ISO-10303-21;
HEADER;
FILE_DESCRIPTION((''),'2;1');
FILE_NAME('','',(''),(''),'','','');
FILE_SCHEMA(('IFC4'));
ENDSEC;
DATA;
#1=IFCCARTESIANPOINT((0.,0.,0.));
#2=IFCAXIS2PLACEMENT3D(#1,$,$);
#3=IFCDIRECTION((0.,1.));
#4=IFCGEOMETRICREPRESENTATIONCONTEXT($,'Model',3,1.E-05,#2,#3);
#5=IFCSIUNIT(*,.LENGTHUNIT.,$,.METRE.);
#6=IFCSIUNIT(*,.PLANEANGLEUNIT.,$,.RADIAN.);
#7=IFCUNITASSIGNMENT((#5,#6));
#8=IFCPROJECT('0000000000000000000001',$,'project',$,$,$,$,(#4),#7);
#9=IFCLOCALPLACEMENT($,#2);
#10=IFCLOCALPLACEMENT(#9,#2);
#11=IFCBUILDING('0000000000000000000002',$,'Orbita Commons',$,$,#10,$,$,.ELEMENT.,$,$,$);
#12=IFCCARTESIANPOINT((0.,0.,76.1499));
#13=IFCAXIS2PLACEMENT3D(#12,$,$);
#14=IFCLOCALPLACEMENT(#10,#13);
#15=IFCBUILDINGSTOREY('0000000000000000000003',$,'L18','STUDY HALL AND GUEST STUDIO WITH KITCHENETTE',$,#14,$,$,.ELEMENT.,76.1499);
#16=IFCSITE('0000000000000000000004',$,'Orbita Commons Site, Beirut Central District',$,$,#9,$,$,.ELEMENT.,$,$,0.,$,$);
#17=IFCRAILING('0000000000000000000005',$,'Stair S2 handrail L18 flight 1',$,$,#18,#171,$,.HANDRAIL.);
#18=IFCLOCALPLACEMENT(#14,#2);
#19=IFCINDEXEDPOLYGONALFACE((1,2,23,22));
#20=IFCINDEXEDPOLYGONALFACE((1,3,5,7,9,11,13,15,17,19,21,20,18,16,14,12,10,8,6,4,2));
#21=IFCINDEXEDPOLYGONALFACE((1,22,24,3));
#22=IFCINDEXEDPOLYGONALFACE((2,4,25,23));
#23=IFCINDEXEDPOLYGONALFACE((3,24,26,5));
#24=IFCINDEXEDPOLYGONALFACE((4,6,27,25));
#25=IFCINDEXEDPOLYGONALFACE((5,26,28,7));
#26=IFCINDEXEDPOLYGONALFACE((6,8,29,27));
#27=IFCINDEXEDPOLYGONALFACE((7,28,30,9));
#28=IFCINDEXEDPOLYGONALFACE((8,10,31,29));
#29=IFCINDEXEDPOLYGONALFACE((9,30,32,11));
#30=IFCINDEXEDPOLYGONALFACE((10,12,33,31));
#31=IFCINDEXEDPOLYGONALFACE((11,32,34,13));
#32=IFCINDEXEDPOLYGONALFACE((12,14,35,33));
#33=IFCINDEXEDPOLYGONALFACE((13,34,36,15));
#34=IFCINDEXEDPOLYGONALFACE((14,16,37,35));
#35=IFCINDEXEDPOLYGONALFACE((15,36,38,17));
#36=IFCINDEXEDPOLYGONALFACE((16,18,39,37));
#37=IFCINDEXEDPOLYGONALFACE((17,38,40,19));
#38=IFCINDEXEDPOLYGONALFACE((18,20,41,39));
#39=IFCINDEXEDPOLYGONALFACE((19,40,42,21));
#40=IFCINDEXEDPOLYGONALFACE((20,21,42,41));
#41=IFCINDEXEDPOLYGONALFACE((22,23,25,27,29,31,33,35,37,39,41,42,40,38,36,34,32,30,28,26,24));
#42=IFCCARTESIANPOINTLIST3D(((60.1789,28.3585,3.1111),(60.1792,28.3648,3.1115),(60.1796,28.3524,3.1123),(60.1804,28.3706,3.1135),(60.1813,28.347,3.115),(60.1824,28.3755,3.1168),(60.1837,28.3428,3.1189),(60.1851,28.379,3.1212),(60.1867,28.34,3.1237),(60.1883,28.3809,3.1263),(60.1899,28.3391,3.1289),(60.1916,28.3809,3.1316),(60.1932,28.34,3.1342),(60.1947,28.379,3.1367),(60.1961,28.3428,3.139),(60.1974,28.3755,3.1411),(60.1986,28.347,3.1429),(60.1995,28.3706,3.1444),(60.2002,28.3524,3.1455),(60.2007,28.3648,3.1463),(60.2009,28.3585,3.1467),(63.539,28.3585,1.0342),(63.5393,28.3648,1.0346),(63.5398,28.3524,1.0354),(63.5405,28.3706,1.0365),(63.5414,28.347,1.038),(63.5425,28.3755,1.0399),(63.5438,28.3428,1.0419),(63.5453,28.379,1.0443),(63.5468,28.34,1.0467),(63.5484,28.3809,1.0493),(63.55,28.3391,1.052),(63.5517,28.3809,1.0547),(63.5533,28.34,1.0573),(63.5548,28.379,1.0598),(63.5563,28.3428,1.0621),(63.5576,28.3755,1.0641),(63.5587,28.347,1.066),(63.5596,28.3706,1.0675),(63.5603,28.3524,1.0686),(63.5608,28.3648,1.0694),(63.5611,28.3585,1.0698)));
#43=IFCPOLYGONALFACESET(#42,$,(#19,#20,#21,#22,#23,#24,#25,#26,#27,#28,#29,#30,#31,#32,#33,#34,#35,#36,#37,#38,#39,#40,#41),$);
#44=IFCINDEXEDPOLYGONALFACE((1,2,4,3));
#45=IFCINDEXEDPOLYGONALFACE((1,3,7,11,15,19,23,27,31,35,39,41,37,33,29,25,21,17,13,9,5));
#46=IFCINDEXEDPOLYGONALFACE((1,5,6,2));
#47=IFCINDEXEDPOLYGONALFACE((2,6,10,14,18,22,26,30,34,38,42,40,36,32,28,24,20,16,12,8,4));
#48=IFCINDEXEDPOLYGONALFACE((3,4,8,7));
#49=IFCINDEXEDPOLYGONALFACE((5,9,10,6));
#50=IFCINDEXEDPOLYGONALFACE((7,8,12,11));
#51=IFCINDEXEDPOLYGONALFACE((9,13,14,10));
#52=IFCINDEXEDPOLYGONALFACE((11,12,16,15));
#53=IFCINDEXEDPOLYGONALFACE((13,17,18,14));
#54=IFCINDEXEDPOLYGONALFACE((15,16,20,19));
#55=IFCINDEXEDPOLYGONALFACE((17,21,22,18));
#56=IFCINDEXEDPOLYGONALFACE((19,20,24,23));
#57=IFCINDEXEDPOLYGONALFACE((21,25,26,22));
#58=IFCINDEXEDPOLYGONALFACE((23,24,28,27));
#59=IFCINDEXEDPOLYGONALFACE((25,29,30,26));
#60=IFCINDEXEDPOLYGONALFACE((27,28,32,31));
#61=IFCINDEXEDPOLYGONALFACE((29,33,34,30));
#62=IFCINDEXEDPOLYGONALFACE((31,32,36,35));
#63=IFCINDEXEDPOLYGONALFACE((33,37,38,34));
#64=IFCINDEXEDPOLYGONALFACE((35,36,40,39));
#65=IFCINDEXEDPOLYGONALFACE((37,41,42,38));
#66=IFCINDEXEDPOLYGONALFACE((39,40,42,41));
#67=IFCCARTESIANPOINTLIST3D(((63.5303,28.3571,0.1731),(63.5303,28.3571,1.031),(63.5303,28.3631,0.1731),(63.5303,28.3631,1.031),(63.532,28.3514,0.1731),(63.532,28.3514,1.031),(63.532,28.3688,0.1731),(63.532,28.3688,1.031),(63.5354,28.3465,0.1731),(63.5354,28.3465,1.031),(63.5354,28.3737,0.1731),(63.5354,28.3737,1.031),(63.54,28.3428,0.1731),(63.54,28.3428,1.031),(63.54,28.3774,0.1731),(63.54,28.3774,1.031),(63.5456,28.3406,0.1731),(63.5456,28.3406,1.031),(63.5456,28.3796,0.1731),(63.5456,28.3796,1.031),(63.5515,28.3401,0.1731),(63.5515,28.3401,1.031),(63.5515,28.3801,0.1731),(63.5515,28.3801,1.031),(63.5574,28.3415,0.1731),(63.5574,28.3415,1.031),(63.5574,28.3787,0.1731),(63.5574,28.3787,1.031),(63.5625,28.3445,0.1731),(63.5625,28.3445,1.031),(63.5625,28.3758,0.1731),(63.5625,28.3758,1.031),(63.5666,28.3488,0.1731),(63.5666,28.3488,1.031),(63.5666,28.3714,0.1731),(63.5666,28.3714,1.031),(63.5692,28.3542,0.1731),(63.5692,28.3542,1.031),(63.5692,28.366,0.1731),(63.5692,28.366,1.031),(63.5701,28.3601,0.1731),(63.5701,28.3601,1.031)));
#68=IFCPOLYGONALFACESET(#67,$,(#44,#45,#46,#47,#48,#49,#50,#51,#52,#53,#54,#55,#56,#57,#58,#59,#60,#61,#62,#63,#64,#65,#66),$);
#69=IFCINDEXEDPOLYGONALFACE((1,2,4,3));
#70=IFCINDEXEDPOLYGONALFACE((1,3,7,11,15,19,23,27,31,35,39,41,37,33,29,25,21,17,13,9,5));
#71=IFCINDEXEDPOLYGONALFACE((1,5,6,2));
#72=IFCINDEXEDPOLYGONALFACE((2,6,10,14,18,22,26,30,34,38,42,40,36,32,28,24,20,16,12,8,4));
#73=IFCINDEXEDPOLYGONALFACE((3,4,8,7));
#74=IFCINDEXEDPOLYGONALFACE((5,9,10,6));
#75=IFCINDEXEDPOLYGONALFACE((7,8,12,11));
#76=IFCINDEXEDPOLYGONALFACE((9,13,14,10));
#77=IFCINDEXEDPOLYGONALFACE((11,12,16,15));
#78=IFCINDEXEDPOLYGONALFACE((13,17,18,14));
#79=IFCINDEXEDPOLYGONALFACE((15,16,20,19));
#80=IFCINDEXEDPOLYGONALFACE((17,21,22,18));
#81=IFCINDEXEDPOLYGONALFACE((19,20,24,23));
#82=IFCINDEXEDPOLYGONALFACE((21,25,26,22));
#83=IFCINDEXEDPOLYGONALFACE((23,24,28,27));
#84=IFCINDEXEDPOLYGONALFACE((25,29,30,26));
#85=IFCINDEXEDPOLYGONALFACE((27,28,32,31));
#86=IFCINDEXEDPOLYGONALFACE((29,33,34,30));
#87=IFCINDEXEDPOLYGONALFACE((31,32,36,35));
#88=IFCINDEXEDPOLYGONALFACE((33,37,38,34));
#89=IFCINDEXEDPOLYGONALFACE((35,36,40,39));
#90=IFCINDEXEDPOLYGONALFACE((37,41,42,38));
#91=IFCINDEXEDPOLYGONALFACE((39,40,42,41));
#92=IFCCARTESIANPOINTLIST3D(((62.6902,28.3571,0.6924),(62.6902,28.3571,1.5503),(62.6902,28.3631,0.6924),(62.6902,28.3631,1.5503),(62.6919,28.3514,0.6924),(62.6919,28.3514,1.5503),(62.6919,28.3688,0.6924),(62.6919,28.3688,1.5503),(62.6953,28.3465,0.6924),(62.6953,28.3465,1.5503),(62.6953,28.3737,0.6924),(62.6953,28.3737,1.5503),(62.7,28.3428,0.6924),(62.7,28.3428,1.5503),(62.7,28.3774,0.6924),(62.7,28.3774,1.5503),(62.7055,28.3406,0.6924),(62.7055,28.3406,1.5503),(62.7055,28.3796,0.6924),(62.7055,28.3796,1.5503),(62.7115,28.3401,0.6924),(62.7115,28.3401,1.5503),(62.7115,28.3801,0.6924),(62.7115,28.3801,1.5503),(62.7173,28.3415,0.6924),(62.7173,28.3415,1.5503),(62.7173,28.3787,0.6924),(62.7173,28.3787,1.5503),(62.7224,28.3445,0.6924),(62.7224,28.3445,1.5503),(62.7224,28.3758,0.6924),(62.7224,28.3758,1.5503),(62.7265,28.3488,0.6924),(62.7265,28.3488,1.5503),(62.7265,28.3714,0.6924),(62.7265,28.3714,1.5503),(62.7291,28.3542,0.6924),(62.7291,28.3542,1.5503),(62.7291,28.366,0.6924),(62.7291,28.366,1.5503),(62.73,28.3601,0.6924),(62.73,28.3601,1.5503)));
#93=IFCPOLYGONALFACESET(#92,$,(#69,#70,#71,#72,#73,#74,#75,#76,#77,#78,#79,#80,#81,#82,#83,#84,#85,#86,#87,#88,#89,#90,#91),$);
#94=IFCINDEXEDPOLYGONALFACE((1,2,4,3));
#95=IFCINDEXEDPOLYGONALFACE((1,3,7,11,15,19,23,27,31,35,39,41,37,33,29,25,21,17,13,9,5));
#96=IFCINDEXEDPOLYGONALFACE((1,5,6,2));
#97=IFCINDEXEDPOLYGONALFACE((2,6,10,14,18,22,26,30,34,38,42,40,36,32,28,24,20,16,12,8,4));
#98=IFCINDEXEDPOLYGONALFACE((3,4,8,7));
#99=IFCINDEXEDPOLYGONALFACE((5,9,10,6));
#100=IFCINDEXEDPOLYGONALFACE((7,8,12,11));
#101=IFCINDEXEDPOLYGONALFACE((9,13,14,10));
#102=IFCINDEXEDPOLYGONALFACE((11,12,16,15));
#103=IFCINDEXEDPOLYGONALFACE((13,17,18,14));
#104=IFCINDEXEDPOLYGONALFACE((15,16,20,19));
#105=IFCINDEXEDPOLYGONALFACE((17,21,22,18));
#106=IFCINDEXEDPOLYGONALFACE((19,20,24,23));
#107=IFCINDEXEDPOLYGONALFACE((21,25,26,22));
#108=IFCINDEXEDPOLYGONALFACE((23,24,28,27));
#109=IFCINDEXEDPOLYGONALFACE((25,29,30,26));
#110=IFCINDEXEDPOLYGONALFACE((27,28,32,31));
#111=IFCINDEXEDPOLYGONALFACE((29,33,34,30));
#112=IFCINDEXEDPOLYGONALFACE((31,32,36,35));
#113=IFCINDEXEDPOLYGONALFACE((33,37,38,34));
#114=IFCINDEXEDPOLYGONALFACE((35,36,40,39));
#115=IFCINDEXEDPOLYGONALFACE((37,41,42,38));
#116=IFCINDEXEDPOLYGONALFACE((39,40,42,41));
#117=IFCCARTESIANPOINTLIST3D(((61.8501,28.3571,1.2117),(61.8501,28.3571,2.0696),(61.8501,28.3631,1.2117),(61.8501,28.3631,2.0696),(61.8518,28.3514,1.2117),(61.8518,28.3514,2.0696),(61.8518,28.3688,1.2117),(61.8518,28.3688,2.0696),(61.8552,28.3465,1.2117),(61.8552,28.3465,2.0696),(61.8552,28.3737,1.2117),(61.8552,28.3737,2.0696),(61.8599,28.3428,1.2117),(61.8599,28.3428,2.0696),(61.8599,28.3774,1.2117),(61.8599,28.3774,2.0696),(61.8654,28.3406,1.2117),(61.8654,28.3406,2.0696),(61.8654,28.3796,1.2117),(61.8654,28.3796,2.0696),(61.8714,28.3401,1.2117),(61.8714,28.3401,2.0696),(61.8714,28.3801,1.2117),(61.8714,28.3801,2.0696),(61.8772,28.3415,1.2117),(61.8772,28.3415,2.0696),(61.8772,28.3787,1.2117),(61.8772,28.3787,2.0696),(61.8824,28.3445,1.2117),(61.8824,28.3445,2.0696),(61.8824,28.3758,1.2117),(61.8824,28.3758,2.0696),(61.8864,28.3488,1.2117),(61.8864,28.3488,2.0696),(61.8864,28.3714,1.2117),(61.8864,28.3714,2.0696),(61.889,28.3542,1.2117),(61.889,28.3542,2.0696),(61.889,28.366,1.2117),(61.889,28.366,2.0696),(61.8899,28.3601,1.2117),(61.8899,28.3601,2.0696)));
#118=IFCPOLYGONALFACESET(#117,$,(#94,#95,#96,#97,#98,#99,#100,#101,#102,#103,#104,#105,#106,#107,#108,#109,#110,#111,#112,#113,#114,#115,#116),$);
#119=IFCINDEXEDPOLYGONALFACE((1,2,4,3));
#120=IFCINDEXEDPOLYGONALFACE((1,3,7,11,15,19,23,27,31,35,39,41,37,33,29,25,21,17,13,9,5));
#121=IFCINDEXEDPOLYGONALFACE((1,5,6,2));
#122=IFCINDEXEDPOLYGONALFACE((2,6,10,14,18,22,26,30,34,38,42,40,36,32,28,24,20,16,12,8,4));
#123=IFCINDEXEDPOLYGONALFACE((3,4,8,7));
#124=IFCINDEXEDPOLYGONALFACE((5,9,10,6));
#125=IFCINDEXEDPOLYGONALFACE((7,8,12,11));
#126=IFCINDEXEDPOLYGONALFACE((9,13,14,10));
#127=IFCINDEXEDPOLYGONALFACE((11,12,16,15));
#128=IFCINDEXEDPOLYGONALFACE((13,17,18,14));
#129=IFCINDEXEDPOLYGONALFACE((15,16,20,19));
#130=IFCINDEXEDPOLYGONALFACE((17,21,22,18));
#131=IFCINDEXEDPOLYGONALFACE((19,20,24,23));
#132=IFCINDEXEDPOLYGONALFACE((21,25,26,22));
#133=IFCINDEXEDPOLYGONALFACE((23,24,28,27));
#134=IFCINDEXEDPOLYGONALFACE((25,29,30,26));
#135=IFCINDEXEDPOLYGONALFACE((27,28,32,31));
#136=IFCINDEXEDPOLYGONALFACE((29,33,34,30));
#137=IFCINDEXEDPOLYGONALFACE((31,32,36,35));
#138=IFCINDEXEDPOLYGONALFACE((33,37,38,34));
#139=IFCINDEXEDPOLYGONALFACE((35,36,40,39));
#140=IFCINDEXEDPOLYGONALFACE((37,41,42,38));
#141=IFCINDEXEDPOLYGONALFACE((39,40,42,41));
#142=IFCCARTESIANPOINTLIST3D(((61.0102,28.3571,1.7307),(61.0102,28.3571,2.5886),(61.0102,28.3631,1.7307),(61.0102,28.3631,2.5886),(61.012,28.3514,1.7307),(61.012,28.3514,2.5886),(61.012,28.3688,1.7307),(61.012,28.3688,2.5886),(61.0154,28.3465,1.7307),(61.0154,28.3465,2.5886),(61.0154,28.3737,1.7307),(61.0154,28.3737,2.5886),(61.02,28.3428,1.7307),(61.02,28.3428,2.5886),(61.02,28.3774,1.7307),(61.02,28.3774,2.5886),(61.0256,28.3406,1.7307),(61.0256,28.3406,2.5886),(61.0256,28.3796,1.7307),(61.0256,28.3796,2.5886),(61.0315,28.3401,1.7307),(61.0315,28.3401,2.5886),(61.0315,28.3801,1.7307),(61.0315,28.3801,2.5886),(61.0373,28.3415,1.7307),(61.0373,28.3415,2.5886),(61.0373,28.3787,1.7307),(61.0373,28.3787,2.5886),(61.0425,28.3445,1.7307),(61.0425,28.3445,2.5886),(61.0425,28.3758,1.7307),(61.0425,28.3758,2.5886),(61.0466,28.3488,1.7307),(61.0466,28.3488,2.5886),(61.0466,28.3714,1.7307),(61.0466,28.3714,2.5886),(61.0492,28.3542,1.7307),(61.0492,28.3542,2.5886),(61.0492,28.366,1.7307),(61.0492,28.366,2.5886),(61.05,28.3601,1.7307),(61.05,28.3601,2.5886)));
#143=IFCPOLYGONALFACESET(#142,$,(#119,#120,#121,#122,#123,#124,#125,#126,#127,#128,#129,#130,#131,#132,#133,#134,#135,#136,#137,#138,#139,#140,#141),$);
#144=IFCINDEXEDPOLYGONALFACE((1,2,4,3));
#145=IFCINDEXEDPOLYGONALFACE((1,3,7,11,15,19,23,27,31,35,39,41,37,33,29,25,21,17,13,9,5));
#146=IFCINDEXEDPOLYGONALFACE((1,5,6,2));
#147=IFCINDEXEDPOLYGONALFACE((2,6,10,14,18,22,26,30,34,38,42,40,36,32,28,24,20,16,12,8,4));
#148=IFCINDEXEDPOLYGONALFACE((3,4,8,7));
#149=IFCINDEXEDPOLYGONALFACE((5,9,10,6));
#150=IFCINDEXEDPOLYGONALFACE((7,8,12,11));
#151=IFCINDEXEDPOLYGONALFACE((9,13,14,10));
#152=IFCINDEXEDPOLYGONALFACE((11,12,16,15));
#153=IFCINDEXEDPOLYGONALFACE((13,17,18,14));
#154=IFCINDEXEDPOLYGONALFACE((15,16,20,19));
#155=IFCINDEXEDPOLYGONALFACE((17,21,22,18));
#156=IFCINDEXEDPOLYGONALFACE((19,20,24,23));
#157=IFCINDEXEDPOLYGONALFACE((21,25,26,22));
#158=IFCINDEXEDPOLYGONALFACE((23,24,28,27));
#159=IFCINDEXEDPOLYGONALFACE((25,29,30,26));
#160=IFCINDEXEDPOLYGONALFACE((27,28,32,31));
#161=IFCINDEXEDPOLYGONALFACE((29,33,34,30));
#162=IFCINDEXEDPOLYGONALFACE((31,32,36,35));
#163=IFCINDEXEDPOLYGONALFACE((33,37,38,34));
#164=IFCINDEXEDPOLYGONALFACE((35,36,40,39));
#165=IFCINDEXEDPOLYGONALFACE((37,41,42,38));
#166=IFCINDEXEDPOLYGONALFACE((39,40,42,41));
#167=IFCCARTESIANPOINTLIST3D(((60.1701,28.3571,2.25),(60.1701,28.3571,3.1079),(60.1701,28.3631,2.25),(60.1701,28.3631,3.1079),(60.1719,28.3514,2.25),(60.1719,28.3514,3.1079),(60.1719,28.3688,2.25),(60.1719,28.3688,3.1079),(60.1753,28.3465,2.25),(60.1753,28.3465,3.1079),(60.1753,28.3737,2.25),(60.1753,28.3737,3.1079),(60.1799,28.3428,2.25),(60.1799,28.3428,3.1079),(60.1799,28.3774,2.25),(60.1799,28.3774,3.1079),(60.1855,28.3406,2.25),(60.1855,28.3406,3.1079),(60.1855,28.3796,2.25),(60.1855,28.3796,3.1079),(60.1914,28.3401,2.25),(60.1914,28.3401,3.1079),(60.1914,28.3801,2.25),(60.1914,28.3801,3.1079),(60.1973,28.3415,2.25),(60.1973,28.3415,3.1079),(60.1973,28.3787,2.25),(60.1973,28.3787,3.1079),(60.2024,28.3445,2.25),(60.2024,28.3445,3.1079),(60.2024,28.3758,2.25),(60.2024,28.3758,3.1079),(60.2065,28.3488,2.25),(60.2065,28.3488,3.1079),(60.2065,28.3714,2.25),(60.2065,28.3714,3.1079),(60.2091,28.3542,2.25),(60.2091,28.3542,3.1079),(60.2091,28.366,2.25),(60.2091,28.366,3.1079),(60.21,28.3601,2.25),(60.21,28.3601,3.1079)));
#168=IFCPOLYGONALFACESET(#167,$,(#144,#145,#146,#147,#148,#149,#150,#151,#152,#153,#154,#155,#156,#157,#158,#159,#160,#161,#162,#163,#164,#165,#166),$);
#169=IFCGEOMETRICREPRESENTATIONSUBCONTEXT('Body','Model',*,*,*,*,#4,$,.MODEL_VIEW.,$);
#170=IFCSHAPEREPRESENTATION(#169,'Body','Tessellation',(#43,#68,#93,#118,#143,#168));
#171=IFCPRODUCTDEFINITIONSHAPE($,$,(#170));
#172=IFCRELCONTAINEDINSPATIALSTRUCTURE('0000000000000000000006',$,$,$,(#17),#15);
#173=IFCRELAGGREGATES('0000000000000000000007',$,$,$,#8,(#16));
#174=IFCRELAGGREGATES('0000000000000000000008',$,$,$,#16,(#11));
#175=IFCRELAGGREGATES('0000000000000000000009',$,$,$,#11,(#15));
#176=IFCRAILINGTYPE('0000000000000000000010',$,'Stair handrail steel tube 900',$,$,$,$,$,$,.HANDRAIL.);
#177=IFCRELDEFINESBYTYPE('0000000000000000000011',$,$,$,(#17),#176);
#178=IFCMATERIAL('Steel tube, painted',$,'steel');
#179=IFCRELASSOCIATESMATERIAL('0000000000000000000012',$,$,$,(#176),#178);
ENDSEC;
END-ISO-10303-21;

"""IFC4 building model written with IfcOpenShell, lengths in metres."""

from ifc_helpers import new_model, si_unit, direction, frame, origin, origin_2d, place, context, subcontext, project, spatial, circle, extrude, material, type_object, element, save


model = new_model("IFC4")

# Units and contexts
model_context = context("Model", 3, precision=1e-05, world=origin(), true_north=direction((0.0, 1.0)))
body_context = subcontext(model_context, "Body", "Model", "MODEL_VIEW")
ifc_project = project(units=[si_unit("LENGTHUNIT", "METRE"), si_unit("PLANEANGLEUNIT", "RADIAN")], contexts=[model_context])

# Site, building, storey
site_placement = place(None, origin())
site = spatial("IfcSite", under=ifc_project, at=site_placement, Name="Orbita Commons Site, Beirut Central District", CompositionType="ELEMENT", RefElevation=0.0)
building_placement = place(site_placement, origin())
building = spatial("IfcBuilding", under=site, at=building_placement, Name="Orbita Commons", CompositionType="ELEMENT")
storey_placement = place(building_placement, frame((0.0, 0.0, 76.1499)))
storey = spatial("IfcBuildingStorey", under=building, at=storey_placement, Name="L18", Description="STUDY HALL AND GUEST STUDIO WITH KITCHENETTE", CompositionType="ELEMENT", Elevation=76.1499)

# Railing
ifc_material_1 = material(Name="Steel tube, painted", Category="steel")
railing_type = type_object("IfcRailingType", Name="Stair handrail steel tube 900", PredefinedType="HANDRAIL", material=ifc_material_1)
for number, where, name in (
    (1, (63.55, 28.3601, 0.1731), "Stair S2 handrail L18 flight 1"),
):
    element("IfcRailing", number, at=place(storey_placement, frame(where)), inside=storey, type_object=railing_type, Name=name, PredefinedType="HANDRAIL", context=body_context, shape_type="SweptSolid", body=[
        extrude(circle(Radius=0.021, at=origin_2d()), frame((0.0, 0.0, 0.8789), z_axis=(-0.850623, 0.0, 0.525776), x_axis=(0.0, -1.0, 0.0)), (0.0, 0.0, 1.0), 3.9502),
        extrude(circle(Radius=0.02, at=origin_2d()), origin(), (0.0, 0.0, 1.0), 0.8579),
        extrude(circle(Radius=0.02, at=origin_2d()), frame((-0.8401, 0.0, 0.5193)), (0.0, 0.0, 1.0), 0.8579),
        extrude(circle(Radius=0.02, at=origin_2d()), frame((-1.6802, 0.0, 1.0386)), (0.0, 0.0, 1.0), 0.8579),
        extrude(circle(Radius=0.02, at=origin_2d()), frame((-2.52, 0.0, 1.5576)), (0.0, 0.0, 1.0), 0.8579),
        extrude(circle(Radius=0.02, at=origin_2d()), frame((-3.3601, 0.0, 2.0769)), (0.0, 0.0, 1.0), 0.8579),
    ])

save(model, "model.ifc")
